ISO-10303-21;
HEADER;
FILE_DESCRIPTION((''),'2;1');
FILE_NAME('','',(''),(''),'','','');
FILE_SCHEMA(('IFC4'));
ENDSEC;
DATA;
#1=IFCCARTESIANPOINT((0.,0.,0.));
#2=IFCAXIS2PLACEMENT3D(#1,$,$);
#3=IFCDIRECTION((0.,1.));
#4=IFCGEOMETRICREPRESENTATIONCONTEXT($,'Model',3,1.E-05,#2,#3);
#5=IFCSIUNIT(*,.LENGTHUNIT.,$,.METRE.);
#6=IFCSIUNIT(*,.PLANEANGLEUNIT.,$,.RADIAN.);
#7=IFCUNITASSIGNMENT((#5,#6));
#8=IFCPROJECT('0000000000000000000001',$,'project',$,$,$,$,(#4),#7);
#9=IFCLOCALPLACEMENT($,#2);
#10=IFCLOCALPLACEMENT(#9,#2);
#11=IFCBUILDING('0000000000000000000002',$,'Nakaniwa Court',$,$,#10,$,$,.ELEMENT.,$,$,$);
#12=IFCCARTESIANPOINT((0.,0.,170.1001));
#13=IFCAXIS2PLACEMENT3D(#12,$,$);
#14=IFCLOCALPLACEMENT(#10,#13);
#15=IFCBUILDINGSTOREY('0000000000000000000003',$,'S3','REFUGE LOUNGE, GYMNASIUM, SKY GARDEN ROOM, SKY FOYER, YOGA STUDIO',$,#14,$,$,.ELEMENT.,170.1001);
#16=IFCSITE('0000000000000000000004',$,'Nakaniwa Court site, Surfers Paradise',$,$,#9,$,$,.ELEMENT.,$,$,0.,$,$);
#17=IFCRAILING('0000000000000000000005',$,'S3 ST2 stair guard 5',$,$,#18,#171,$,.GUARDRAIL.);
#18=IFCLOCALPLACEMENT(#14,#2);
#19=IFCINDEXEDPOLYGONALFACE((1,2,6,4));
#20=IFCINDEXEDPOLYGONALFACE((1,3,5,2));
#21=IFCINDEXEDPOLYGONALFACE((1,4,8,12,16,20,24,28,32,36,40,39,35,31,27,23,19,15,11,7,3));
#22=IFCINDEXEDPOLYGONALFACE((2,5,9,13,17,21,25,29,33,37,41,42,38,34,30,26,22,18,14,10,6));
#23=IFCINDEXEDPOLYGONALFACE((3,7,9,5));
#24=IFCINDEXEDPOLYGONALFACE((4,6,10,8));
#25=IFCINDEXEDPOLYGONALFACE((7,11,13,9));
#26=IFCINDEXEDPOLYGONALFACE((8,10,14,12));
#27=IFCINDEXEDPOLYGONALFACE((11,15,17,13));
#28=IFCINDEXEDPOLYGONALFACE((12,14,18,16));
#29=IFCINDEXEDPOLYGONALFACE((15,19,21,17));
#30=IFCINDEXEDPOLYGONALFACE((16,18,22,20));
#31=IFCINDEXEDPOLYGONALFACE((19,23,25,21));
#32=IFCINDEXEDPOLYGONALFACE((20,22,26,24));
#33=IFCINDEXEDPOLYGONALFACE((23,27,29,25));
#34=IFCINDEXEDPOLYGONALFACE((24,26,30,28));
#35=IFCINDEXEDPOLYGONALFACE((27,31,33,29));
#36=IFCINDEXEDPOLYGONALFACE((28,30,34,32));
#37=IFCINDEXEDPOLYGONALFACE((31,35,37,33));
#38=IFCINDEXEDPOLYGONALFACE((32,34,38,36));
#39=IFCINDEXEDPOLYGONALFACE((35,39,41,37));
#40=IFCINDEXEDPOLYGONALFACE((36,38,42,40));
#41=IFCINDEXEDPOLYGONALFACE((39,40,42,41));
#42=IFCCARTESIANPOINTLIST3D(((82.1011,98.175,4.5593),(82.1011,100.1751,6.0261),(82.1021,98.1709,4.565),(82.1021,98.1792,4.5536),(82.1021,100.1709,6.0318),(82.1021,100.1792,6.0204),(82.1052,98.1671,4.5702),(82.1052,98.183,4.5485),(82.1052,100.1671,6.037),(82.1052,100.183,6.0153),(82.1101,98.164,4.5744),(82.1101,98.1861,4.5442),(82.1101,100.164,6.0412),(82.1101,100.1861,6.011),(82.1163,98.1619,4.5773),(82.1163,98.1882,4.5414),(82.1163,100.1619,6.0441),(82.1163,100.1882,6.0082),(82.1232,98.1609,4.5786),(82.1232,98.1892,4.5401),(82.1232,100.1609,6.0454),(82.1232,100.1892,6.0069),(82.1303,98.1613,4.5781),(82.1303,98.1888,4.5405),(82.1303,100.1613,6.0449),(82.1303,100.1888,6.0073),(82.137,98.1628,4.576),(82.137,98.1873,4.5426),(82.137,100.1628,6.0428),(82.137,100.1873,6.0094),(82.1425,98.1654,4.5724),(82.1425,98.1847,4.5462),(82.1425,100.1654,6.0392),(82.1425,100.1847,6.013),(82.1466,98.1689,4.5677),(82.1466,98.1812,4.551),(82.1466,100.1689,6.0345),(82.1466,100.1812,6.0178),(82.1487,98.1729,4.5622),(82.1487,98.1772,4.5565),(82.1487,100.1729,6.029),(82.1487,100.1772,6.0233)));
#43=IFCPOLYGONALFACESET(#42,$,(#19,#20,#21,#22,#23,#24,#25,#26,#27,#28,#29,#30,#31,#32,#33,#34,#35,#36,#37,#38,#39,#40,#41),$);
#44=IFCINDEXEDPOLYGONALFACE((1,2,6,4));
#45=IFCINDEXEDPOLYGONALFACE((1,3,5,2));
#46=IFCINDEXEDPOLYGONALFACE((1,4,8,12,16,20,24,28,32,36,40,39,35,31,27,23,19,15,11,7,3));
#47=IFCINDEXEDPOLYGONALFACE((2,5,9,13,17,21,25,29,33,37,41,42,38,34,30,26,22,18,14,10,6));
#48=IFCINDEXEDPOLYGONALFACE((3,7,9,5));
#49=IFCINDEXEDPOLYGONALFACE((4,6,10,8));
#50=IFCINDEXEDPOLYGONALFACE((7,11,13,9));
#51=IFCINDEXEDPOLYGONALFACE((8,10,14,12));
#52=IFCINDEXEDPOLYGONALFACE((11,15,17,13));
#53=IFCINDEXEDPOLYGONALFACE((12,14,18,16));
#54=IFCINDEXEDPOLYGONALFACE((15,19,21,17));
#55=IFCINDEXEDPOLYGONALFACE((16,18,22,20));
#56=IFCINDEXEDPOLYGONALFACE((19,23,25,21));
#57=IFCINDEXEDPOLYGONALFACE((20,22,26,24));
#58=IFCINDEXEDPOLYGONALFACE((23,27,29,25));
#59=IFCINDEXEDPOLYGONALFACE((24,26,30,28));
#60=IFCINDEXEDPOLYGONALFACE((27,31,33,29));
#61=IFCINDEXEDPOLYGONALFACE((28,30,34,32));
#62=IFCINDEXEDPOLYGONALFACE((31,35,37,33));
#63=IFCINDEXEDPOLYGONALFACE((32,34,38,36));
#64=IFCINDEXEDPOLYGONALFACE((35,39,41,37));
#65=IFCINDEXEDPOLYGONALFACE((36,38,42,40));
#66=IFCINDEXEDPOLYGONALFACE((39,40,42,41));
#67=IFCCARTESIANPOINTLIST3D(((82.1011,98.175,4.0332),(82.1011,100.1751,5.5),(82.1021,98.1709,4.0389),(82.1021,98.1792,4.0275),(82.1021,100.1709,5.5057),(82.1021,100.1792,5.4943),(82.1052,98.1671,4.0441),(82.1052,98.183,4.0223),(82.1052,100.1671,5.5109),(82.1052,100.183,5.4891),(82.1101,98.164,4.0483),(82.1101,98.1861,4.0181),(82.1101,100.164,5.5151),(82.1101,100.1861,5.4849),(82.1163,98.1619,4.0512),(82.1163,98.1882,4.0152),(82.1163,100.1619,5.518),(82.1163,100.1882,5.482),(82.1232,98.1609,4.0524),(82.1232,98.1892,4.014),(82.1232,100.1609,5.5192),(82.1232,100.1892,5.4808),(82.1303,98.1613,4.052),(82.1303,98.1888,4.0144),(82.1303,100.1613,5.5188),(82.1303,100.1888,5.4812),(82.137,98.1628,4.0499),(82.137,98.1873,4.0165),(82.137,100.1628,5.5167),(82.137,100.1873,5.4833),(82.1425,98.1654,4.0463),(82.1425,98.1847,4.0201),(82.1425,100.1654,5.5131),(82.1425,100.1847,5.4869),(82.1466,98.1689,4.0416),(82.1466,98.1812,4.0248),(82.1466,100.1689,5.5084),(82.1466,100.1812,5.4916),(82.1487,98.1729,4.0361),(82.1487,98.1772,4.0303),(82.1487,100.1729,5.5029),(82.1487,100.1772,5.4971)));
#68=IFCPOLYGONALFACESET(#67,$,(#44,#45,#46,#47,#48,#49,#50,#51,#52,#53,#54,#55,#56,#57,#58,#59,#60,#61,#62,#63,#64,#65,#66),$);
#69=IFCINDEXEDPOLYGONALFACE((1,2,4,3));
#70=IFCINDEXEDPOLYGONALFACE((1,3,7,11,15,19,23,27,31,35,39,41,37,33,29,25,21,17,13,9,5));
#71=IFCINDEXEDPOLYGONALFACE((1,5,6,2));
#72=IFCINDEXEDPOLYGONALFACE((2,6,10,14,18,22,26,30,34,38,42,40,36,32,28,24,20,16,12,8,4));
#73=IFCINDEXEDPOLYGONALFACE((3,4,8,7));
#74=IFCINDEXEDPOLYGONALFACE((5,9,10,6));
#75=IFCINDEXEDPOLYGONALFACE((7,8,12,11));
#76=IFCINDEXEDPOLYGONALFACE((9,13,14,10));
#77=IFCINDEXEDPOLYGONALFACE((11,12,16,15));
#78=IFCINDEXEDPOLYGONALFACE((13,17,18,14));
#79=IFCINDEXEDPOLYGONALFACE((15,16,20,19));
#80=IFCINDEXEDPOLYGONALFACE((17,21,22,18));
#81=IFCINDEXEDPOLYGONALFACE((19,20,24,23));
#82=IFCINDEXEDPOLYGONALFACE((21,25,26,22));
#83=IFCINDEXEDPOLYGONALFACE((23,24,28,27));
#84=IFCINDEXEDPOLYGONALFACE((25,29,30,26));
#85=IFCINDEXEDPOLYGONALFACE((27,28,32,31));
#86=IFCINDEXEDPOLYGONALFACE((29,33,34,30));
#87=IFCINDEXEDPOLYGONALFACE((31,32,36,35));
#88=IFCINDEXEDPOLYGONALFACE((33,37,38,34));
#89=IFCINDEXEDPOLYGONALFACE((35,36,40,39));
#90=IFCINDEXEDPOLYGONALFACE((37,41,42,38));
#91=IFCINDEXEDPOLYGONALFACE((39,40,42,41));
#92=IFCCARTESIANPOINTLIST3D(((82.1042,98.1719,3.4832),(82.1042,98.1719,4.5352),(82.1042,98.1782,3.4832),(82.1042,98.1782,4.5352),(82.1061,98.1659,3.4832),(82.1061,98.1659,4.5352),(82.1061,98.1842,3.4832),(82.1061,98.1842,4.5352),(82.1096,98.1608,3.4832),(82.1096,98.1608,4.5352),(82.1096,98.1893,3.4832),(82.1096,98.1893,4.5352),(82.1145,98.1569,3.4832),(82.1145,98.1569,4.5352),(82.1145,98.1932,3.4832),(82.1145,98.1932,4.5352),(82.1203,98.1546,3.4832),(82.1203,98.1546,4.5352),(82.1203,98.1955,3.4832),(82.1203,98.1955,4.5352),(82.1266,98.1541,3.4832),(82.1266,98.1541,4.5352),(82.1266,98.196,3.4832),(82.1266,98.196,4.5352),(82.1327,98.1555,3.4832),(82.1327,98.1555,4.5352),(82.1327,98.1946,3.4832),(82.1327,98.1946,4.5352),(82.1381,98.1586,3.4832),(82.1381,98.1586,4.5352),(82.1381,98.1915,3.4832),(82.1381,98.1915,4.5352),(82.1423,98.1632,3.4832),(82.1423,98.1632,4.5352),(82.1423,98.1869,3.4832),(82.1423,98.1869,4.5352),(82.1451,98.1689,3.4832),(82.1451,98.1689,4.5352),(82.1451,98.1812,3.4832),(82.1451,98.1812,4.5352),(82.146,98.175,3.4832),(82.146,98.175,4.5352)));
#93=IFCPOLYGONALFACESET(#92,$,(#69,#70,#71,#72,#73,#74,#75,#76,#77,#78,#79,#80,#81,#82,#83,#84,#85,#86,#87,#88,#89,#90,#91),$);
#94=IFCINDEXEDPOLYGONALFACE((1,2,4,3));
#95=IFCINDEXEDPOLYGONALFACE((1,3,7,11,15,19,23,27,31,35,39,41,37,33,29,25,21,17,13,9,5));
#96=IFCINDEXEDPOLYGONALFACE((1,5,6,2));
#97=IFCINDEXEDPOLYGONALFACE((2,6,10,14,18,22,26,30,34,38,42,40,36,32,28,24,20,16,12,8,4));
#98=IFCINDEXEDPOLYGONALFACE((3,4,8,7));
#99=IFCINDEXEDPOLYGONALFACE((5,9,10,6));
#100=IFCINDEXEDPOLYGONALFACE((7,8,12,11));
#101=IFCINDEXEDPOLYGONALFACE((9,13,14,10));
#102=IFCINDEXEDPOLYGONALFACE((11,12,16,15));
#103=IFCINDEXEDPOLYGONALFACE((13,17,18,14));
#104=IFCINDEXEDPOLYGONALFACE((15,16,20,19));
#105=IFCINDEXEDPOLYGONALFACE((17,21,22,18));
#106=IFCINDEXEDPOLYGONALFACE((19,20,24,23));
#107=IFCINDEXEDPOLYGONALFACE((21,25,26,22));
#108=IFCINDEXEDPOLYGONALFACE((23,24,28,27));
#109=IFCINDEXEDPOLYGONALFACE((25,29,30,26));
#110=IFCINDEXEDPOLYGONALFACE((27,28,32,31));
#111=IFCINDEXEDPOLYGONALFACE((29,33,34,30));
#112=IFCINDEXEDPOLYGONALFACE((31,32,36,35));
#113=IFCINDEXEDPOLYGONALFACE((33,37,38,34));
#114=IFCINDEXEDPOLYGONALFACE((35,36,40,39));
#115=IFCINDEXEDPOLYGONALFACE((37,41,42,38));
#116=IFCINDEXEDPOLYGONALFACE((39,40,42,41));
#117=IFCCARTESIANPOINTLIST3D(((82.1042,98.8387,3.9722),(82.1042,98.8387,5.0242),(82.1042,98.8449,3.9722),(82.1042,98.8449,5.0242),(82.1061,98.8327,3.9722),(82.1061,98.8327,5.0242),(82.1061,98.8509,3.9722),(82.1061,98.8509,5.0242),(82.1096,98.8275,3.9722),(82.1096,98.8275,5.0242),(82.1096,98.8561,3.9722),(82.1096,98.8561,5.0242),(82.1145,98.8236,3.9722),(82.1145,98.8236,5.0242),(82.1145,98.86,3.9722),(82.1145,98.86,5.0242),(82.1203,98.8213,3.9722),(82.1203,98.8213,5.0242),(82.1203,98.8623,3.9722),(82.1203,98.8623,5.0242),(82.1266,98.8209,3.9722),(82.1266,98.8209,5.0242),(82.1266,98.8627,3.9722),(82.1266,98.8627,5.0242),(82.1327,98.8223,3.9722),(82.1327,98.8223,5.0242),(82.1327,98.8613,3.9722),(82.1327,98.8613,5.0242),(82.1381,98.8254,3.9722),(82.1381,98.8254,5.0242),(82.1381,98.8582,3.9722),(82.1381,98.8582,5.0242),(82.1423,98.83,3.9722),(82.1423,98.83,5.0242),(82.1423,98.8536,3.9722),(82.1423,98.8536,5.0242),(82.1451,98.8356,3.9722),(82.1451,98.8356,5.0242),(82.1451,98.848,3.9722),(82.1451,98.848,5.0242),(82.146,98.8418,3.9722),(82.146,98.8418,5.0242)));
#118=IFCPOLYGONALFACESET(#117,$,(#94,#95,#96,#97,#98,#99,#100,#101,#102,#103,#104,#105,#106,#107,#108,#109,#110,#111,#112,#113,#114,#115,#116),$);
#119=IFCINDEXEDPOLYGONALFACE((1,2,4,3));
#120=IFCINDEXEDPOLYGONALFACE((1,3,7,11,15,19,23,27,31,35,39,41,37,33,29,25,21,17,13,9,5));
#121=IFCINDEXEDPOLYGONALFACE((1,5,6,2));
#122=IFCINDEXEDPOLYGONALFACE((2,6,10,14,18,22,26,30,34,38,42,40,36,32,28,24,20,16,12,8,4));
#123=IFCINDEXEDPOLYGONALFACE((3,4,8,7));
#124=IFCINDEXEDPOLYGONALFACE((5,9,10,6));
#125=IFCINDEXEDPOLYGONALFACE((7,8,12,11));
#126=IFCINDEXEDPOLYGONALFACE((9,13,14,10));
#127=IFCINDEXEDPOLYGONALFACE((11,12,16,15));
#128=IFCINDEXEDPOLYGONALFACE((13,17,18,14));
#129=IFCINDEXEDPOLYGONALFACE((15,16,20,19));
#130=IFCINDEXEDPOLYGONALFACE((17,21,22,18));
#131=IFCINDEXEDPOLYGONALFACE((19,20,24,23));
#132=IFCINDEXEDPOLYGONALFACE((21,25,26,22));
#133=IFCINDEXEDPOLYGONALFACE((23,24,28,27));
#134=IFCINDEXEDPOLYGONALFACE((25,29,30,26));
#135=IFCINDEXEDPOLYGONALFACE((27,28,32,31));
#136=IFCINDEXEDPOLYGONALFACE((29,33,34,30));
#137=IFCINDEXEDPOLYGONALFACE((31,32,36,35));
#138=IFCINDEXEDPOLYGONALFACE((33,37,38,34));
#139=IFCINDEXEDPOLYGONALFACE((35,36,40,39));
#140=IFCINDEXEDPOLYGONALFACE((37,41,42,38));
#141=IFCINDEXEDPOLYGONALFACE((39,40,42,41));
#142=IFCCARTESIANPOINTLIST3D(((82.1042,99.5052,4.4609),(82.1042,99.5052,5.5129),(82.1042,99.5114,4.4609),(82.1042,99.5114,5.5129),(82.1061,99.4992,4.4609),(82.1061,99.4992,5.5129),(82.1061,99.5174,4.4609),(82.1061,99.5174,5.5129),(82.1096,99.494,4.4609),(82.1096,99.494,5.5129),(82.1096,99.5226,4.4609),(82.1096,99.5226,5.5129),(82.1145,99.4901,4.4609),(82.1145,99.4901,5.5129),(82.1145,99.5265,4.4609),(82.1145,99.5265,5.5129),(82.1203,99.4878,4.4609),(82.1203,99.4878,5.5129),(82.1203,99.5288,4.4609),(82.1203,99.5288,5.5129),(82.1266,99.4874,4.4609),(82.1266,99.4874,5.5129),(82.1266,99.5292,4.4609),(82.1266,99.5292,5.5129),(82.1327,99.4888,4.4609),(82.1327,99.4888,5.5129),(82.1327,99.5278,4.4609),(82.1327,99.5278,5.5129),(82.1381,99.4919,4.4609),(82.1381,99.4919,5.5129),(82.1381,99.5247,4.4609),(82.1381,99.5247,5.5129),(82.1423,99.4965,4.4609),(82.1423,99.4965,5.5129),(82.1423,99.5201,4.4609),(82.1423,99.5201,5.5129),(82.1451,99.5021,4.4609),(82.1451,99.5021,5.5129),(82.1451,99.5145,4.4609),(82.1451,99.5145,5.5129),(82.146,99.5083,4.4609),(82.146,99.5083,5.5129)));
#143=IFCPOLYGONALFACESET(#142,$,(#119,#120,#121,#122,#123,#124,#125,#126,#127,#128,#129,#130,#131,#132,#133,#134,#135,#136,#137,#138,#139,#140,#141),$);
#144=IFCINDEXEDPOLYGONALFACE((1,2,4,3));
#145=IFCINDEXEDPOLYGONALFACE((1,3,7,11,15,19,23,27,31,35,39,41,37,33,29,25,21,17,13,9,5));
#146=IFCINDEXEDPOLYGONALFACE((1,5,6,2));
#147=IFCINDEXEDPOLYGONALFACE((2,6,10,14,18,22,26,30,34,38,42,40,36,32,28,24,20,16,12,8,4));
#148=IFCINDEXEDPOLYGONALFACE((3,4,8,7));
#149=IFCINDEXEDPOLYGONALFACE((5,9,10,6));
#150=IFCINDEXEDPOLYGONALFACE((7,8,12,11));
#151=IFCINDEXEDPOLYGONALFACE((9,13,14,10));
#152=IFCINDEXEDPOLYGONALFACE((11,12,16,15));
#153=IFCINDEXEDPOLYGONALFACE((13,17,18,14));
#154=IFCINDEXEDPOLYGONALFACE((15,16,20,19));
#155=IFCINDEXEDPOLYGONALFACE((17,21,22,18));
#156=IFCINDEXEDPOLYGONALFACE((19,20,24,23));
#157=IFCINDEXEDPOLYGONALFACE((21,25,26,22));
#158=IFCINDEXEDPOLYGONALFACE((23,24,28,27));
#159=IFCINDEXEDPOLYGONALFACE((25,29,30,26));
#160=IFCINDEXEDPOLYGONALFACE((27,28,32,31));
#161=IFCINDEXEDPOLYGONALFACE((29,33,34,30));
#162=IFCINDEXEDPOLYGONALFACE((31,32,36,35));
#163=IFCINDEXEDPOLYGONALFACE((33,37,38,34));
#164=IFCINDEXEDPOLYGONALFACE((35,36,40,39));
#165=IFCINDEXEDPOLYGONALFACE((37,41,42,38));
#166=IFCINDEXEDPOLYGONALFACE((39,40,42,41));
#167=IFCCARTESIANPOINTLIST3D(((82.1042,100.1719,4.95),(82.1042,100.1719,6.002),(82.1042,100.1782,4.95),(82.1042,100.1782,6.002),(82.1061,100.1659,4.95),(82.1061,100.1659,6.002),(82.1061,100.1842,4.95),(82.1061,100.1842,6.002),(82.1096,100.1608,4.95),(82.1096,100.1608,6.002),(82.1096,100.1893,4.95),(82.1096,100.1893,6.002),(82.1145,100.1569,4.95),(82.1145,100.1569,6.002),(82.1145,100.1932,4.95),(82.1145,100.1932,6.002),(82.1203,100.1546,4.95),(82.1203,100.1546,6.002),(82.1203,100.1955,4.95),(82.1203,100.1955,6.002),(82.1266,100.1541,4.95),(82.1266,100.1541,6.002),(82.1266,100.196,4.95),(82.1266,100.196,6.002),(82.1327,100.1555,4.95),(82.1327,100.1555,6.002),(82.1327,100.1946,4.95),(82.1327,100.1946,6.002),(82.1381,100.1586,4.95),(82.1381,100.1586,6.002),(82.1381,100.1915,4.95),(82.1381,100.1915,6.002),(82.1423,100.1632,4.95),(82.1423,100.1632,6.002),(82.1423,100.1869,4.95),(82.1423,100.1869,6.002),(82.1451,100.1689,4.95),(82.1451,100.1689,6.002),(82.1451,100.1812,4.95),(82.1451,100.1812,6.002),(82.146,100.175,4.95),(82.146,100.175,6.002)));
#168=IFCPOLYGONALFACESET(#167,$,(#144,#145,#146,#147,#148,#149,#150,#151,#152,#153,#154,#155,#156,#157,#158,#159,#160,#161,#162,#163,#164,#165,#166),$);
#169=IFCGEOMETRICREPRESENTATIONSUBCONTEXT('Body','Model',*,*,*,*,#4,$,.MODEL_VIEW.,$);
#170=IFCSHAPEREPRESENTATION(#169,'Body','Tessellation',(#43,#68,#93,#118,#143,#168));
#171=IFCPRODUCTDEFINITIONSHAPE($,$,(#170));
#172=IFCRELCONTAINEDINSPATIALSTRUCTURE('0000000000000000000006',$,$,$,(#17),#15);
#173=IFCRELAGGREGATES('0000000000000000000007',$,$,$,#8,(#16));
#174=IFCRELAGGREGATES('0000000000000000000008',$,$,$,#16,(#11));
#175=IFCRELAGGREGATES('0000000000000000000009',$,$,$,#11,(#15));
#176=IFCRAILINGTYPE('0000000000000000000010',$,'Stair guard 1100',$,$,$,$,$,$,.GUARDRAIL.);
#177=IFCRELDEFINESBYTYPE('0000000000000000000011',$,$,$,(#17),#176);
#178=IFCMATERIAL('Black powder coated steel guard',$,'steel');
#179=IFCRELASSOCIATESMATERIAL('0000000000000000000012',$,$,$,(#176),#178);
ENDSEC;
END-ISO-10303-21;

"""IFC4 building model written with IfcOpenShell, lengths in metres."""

from ifc_helpers import new_model, si_unit, direction, frame, origin, origin_2d, place, context, subcontext, project, spatial, circle, extrude, material, type_object, element, save


model = new_model("IFC4")

# Units and contexts
model_context = context("Model", 3, precision=1e-05, world=origin(), true_north=direction((0.0, 1.0)))
body_context = subcontext(model_context, "Body", "Model", "MODEL_VIEW")
ifc_project = project(units=[si_unit("LENGTHUNIT", "METRE"), si_unit("PLANEANGLEUNIT", "RADIAN")], contexts=[model_context])

# Site, building, storey
site_placement = place(None, origin())
site = spatial("IfcSite", under=ifc_project, at=site_placement, Name="Nakaniwa Court site, Surfers Paradise", CompositionType="ELEMENT", RefElevation=0.0)
building_placement = place(site_placement, origin())
building = spatial("IfcBuilding", under=site, at=building_placement, Name="Nakaniwa Court", CompositionType="ELEMENT")
storey_placement = place(building_placement, frame((0.0, 0.0, 170.1001)))
storey = spatial("IfcBuildingStorey", under=building, at=storey_placement, Name="S3", Description="REFUGE LOUNGE, GYMNASIUM, SKY GARDEN ROOM, SKY FOYER, YOGA STUDIO", CompositionType="ELEMENT", Elevation=170.1001)

# Railing
ifc_material_1 = material(Name="Black powder coated steel guard", Category="steel")
railing_type_1 = type_object("IfcRailingType", Name="Stair guard 1100", PredefinedType="GUARDRAIL", material=ifc_material_1)
railing_1_placement = place(storey_placement, frame((82.125, 98.175, 3.4832)))
element("IfcRailing", 1, at=railing_1_placement, inside=storey, type_object=railing_type_1, Name="S3 ST2 stair guard 5", PredefinedType="GUARDRAIL", context=body_context, shape_type="SweptSolid", body=[
    extrude(circle(Radius=0.0239, at=origin_2d()), frame((0.0, 0.0, 1.0762), z_axis=(0.0, 0.80638, 0.591398), x_axis=(-1.0, 0.0, 0.0)), (0.0, 0.0, 1.0), 2.4802),
    extrude(circle(Radius=0.0239, at=origin_2d()), frame((0.0, 0.0, 0.55), z_axis=(0.0, 0.80638, 0.591398), x_axis=(-1.0, 0.0, 0.0)), (0.0, 0.0, 1.0), 2.4802),
    extrude(circle(Radius=0.021, at=origin_2d()), origin(), (0.0, 0.0, 1.0), 1.052),
    extrude(circle(Radius=0.021, at=origin_2d()), frame((0.0, 0.6667, 0.489)), (0.0, 0.0, 1.0), 1.052),
    extrude(circle(Radius=0.021, at=origin_2d()), frame((0.0, 1.3333, 0.9778)), (0.0, 0.0, 1.0), 1.052),
    extrude(circle(Radius=0.021, at=origin_2d()), frame((0.0, 2.0, 1.4668)), (0.0, 0.0, 1.0), 1.052),
])

save(model, "model.ifc")
